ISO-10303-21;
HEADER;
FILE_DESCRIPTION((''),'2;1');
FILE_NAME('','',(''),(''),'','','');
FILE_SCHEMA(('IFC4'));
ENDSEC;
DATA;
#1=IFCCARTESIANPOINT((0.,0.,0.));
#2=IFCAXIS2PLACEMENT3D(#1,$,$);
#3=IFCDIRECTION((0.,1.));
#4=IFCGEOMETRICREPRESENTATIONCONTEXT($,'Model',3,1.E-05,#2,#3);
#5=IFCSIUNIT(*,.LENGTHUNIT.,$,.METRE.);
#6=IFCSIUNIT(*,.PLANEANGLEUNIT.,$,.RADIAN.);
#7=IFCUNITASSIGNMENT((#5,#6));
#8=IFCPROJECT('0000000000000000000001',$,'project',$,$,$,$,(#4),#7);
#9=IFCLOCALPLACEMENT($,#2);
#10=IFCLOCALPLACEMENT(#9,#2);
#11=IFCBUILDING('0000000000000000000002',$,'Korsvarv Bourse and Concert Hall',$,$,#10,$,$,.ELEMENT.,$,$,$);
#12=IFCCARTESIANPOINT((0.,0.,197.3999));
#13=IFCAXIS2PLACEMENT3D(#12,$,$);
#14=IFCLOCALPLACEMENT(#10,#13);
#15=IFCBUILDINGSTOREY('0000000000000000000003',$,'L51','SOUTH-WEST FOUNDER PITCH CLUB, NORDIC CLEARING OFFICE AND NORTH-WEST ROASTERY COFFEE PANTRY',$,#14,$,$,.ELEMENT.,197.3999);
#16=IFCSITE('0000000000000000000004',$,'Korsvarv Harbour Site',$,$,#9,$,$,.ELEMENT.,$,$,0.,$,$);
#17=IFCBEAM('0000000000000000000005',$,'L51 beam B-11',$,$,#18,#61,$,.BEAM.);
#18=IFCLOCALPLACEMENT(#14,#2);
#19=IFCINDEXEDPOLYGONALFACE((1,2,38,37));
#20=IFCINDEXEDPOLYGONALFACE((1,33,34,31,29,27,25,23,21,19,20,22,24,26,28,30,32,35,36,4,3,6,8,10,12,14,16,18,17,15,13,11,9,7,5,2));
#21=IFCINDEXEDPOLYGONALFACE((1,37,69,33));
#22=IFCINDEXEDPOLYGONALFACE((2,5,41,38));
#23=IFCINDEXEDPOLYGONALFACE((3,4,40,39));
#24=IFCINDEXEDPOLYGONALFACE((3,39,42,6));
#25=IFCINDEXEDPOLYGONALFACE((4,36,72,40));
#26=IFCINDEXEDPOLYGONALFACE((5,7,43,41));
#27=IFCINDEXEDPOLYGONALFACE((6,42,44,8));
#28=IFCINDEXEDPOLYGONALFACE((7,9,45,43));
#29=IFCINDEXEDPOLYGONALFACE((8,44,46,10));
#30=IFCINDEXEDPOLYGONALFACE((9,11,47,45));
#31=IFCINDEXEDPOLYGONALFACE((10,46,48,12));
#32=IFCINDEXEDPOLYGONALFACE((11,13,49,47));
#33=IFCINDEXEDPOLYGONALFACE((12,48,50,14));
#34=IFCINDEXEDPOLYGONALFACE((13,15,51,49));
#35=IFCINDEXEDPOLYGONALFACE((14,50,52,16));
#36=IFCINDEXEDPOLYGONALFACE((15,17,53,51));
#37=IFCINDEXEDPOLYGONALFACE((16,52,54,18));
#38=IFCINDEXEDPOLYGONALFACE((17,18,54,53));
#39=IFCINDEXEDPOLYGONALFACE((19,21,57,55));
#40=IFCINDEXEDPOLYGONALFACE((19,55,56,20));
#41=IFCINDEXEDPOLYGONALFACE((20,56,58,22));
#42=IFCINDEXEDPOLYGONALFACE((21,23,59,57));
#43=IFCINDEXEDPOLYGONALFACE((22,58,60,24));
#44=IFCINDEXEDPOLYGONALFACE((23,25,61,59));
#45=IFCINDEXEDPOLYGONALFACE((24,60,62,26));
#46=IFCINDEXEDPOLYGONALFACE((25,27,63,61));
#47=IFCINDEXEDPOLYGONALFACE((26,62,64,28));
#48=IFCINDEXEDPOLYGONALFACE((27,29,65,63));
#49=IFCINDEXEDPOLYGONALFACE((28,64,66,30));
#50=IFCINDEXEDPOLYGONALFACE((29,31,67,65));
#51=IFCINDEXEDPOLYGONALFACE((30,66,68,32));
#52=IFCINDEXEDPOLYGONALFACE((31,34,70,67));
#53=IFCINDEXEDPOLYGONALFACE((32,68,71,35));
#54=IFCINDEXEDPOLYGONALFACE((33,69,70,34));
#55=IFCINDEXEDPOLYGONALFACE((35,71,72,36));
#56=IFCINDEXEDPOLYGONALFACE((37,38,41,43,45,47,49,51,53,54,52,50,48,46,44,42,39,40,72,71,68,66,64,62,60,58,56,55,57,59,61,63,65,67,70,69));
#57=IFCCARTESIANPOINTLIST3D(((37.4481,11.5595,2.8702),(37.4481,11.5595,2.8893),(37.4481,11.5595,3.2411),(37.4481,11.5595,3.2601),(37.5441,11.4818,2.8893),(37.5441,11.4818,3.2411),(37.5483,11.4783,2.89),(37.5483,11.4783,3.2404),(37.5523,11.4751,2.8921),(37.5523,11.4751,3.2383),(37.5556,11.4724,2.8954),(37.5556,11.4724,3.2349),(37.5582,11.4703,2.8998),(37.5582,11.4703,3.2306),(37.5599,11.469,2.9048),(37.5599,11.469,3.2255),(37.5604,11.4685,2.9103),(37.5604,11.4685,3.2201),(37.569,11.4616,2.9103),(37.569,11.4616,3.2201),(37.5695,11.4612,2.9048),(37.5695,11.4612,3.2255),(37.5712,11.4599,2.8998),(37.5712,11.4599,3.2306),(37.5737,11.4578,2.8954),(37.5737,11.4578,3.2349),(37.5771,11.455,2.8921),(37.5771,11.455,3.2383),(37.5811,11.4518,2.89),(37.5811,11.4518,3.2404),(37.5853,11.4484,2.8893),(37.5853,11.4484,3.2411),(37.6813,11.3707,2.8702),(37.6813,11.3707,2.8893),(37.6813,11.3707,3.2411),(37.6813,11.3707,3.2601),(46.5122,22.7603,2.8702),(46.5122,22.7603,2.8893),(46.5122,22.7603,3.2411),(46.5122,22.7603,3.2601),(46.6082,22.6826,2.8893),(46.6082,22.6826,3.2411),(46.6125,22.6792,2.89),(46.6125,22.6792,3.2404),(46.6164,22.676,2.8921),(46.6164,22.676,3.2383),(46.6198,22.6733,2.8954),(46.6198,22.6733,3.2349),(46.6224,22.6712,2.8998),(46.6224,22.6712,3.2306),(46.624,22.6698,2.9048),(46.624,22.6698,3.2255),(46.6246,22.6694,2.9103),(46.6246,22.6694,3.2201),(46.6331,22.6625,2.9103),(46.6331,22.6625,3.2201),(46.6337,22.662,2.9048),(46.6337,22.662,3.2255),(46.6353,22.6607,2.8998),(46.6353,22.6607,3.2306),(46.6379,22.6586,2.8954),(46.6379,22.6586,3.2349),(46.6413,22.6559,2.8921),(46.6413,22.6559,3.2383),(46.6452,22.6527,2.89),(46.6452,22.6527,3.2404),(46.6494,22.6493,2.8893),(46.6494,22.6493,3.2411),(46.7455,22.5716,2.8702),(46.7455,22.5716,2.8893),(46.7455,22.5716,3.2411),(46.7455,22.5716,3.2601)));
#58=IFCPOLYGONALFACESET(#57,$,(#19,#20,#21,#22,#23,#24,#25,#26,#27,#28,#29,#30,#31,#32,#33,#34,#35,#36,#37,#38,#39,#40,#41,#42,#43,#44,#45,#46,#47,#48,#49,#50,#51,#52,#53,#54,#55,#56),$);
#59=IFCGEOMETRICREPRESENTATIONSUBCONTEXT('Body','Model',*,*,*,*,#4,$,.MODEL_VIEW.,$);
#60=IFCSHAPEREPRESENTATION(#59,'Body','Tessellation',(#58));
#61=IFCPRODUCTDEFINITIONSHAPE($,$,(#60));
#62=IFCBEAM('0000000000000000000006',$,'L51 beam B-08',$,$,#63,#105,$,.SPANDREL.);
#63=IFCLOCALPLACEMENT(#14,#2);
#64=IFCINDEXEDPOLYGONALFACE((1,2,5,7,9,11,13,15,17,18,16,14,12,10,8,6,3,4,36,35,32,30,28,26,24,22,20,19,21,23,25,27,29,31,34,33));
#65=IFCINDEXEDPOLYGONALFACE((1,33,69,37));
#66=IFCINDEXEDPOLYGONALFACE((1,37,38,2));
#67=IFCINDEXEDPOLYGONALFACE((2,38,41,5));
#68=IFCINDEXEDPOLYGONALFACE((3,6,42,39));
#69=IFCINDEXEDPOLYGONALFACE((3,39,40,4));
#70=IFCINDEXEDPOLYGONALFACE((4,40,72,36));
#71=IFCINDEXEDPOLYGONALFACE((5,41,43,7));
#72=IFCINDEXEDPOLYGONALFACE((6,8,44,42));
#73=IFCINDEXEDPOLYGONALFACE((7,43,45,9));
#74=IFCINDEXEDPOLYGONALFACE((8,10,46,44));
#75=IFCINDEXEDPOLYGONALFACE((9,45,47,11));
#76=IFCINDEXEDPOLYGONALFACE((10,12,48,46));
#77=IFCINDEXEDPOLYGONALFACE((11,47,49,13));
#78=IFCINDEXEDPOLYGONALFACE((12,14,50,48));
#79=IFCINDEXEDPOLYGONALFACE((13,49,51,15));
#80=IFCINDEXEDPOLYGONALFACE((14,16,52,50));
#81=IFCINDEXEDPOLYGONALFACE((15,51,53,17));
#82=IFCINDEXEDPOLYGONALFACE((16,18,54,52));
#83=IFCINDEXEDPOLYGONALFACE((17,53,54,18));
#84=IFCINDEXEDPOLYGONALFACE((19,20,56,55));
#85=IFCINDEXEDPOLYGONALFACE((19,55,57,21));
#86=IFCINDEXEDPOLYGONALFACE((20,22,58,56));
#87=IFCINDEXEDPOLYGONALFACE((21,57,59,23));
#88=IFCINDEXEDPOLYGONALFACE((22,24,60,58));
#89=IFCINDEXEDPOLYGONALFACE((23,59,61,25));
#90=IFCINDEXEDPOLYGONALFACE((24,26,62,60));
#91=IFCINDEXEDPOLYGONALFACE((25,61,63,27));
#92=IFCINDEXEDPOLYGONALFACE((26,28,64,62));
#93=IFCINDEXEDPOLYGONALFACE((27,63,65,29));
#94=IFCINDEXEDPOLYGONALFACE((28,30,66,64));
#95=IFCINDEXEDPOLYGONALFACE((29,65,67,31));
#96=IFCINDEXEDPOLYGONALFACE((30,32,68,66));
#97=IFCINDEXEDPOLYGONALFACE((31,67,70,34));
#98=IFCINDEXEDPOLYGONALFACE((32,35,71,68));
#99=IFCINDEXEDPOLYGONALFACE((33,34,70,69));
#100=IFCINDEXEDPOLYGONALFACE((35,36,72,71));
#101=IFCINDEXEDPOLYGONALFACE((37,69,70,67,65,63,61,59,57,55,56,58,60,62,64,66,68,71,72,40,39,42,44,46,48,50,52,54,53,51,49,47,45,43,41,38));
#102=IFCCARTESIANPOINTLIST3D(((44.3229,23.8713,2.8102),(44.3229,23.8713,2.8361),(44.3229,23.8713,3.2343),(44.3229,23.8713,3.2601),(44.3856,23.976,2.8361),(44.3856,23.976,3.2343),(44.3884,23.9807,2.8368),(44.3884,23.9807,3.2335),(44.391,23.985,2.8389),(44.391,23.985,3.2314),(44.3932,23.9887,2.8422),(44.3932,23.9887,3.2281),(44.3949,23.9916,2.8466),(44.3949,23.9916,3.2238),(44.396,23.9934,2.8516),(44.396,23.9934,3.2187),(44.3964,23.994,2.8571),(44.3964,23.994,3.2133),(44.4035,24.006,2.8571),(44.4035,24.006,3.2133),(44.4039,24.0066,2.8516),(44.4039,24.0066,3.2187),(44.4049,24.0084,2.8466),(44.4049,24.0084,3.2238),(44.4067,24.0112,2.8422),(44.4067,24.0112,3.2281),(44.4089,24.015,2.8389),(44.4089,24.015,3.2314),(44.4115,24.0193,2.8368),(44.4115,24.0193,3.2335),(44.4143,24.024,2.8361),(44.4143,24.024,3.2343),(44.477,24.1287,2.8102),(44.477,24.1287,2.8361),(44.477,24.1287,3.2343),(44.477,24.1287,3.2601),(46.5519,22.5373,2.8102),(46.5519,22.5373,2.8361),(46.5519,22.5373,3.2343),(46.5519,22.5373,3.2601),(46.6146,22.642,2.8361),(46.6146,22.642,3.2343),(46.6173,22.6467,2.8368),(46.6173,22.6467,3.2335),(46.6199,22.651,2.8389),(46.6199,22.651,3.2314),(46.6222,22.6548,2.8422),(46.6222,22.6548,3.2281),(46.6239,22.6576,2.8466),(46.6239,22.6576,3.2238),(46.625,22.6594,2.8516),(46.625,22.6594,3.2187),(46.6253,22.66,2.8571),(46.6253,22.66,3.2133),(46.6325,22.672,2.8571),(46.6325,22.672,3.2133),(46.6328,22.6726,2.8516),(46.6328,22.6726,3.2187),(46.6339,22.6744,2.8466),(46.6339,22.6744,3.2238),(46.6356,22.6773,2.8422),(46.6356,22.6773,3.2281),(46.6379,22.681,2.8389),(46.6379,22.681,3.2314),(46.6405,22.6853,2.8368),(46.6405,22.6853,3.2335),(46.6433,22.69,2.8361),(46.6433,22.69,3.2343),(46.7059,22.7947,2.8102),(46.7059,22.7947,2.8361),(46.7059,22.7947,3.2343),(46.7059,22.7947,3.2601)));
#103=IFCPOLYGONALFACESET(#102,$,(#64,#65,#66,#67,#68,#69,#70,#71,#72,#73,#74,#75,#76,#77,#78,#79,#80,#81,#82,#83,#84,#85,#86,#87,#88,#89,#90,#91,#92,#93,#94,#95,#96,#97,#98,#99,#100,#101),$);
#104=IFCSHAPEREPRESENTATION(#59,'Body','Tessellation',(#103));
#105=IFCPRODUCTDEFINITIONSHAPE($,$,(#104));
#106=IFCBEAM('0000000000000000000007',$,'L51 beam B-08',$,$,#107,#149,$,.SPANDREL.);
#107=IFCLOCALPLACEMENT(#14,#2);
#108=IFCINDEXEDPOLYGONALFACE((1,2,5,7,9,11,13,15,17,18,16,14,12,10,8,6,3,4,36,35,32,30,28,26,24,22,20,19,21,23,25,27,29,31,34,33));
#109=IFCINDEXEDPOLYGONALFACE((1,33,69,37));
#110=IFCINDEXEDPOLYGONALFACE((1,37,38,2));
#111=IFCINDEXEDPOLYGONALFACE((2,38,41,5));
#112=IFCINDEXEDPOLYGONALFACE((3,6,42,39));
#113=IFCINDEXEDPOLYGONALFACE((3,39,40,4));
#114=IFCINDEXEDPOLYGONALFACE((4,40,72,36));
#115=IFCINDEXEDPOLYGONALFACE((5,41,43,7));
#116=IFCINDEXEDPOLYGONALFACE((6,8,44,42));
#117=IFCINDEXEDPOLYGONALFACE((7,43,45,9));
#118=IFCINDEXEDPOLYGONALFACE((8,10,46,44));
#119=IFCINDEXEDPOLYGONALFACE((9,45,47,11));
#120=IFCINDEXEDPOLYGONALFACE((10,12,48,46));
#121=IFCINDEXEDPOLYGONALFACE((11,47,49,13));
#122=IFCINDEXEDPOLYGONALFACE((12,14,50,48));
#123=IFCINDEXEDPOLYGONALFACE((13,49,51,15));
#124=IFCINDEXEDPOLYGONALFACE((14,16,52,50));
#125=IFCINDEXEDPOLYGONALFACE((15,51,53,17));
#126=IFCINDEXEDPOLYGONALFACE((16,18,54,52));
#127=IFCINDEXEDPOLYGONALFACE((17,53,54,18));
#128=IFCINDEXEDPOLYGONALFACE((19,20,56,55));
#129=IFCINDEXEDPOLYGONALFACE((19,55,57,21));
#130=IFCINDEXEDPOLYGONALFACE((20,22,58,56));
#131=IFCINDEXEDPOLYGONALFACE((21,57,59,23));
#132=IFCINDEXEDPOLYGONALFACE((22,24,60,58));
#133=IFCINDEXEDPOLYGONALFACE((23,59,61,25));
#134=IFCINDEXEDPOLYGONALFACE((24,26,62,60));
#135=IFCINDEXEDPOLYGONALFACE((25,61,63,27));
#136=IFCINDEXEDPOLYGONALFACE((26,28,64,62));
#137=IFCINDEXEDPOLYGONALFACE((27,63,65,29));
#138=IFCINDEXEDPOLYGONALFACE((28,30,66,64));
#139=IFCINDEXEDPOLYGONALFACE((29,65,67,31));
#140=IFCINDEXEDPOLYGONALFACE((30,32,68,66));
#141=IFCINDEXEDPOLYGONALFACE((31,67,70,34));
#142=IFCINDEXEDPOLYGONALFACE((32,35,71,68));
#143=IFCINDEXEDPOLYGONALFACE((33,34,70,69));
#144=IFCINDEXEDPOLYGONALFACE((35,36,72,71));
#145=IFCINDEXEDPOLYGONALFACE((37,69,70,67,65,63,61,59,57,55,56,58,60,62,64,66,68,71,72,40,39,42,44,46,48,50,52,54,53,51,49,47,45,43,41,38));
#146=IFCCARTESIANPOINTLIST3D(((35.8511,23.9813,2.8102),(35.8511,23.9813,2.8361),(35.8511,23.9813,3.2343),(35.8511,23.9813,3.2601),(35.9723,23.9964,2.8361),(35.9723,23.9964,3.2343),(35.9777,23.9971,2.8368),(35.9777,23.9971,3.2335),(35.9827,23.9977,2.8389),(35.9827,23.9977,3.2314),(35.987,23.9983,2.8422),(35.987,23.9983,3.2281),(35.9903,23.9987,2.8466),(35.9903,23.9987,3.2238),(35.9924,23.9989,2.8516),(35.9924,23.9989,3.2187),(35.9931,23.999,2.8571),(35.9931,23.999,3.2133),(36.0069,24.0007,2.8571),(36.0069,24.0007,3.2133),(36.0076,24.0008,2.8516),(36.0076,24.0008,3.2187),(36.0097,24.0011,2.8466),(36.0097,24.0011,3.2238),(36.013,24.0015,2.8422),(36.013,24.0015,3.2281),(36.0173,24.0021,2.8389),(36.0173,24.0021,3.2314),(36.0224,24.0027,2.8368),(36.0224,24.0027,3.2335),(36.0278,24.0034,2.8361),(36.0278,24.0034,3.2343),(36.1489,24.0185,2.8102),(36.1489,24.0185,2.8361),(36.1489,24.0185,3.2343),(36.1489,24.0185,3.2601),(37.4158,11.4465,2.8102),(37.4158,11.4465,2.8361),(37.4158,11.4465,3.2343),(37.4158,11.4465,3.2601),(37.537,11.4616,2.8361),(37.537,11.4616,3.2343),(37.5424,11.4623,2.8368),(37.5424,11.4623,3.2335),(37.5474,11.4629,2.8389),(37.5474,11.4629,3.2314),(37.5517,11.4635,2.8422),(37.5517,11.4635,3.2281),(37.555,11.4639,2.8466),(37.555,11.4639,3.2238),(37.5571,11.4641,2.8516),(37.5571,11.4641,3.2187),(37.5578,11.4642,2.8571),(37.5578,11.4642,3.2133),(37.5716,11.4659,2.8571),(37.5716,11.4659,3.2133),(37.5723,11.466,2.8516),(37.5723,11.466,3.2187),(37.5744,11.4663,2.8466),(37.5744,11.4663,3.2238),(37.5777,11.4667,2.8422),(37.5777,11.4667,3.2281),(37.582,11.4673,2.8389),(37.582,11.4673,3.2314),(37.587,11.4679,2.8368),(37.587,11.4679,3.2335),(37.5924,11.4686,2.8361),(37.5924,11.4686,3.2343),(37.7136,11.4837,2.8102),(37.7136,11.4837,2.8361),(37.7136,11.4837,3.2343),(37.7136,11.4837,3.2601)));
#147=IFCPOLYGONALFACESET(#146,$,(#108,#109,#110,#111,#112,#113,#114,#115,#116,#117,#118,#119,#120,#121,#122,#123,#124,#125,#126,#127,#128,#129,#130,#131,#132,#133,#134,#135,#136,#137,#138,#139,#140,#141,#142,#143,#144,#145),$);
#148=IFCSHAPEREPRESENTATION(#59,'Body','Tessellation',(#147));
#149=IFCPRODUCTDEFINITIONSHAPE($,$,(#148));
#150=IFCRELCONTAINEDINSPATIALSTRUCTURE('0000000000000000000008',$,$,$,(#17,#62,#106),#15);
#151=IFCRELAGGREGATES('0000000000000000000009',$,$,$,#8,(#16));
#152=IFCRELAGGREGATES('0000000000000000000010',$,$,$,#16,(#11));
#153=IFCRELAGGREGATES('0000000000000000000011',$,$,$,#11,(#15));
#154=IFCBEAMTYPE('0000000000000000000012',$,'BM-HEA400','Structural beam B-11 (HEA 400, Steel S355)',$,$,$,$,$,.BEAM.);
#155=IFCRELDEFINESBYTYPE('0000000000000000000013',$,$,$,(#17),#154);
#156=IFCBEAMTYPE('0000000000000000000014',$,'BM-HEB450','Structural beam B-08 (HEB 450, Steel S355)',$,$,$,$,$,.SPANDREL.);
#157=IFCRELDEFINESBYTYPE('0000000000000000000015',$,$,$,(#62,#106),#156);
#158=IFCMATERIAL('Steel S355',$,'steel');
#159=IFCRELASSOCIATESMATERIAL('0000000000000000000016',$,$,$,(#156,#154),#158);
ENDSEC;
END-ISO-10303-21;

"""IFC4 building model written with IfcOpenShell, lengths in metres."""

from ifc_helpers import new_model, si_unit, direction, frame, origin, origin_2d, place, context, subcontext, project, spatial, i_section, extrude, source, transform, mapped, material, material_profile, profile_set, type_object, element, save


model = new_model("IFC4")

# Units and contexts
model_context = context("Model", 3, precision=1e-05, world=origin(), true_north=direction((0.0, 1.0)))
body_context = subcontext(model_context, "Body", "Model", "MODEL_VIEW")
ifc_project = project(units=[si_unit("LENGTHUNIT", "METRE"), si_unit("PLANEANGLEUNIT", "RADIAN")], contexts=[model_context])

# Site, building, storey
site_placement = place(None, origin())
site = spatial("IfcSite", under=ifc_project, at=site_placement, Name="Korsvarv Harbour Site", CompositionType="ELEMENT", RefElevation=0.0)
building_placement = place(site_placement, origin())
building = spatial("IfcBuilding", under=site, at=building_placement, Name="Korsvarv Bourse and Concert Hall", CompositionType="ELEMENT")
storey_placement = place(building_placement, frame((0.0, 0.0, 197.3999)))
storey = spatial("IfcBuildingStorey", under=building, at=storey_placement, Name="L51", Description="SOUTH-WEST FOUNDER PITCH CLUB, NORDIC CLEARING OFFICE AND NORTH-WEST ROASTERY COFFEE PANTRY", CompositionType="ELEMENT", Elevation=197.3999)

# Shared definitions
ifc_material_1 = material(Name="Steel S355", Category="steel")

# Beams
ifc_material_profile_1 = material_profile(ifc_material_1, i_section(OverallWidth=0.3, OverallDepth=0.45, WebThickness=0.0139, FlangeThickness=0.0259, FilletRadius=0.021, at=origin_2d()), Name="HEB 450")
ifc_profile_set_1 = profile_set([ifc_material_profile_1], Name="Steel S355")
beam_type_1 = type_object("IfcBeamType", Name="BM-HEB450", Description="Structural beam B-08 (HEB 450, Steel S355)", PredefinedType="SPANDREL", material=ifc_profile_set_1)
ifc_material_profile_2 = material_profile(ifc_material_1, i_section(OverallWidth=0.3, OverallDepth=0.3899, WebThickness=0.011, FlangeThickness=0.019, FilletRadius=0.021, at=origin_2d()), Name="HEA 400")
ifc_profile_set_2 = profile_set([ifc_material_profile_2], Name="Steel S355")
beam_type_2 = type_object("IfcBeamType", Name="BM-HEA400", Description="Structural beam B-11 (HEA 400, Steel S355)", PredefinedType="BEAM", material=ifc_profile_set_2)
shared_shape_1 = source(origin(), body_context, "Body", "SweptSolid", [
    extrude(i_section(OverallWidth=0.3, OverallDepth=0.3899, WebThickness=0.011, FlangeThickness=0.019, FilletRadius=0.021, at=origin_2d()), origin(), (0.0, 0.0, 1.0), 14.4089),
])
beam_1_placement = place(storey_placement, frame((37.5647, 11.4651, 3.0652), z_axis=(0.629064, 0.777354, 0.0), x_axis=(-0.777354, 0.629064, 0.0)))
element("IfcBeam", 1, at=beam_1_placement, inside=storey, type_object=beam_type_2, Name="L51 beam B-11", PredefinedType="BEAM", context=body_context, shape_type="MappedRepresentation", body=[
    mapped(shared_shape_1, transform((0.0, 0.0, 0.0), scale=1.0)),
])
shared_shape_2 = source(origin(), body_context, "Body", "SweptSolid", [
    extrude(i_section(OverallWidth=0.3, OverallDepth=0.45, WebThickness=0.0139, FlangeThickness=0.0259, FilletRadius=0.021, at=origin_2d()), origin(), (0.0, 0.0, 1.0), 2.5977),
])
beam_2_placement = place(storey_placement, frame((46.6289, 22.666, 3.0352), z_axis=(-0.858073, 0.513528, 0.0), x_axis=(-0.513528, -0.858073, 0.0)))
element("IfcBeam", 2, at=beam_2_placement, inside=storey, type_object=beam_type_1, Name="L51 beam B-08", PredefinedType="SPANDREL", context=body_context, shape_type="MappedRepresentation", body=[
    mapped(shared_shape_2, transform((0.0, 0.0, 0.0), scale=1.0)),
])
shared_shape_3 = source(origin(), body_context, "Body", "SweptSolid", [
    extrude(i_section(OverallWidth=0.3, OverallDepth=0.45, WebThickness=0.0139, FlangeThickness=0.0259, FilletRadius=0.021, at=origin_2d()), origin(), (0.0, 0.0, 1.0), 12.6321),
])
beam_3_placement = place(storey_placement, frame((37.5647, 11.4651, 3.0352), z_axis=(-0.123866, 0.992299, 0.0), x_axis=(-0.992299, -0.123866, 0.0)))
element("IfcBeam", 3, at=beam_3_placement, inside=storey, type_object=beam_type_1, Name="L51 beam B-08", PredefinedType="SPANDREL", context=body_context, shape_type="MappedRepresentation", body=[
    mapped(shared_shape_3, transform((0.0, 0.0, 0.0), scale=1.0)),
])

save(model, "model.ifc")
